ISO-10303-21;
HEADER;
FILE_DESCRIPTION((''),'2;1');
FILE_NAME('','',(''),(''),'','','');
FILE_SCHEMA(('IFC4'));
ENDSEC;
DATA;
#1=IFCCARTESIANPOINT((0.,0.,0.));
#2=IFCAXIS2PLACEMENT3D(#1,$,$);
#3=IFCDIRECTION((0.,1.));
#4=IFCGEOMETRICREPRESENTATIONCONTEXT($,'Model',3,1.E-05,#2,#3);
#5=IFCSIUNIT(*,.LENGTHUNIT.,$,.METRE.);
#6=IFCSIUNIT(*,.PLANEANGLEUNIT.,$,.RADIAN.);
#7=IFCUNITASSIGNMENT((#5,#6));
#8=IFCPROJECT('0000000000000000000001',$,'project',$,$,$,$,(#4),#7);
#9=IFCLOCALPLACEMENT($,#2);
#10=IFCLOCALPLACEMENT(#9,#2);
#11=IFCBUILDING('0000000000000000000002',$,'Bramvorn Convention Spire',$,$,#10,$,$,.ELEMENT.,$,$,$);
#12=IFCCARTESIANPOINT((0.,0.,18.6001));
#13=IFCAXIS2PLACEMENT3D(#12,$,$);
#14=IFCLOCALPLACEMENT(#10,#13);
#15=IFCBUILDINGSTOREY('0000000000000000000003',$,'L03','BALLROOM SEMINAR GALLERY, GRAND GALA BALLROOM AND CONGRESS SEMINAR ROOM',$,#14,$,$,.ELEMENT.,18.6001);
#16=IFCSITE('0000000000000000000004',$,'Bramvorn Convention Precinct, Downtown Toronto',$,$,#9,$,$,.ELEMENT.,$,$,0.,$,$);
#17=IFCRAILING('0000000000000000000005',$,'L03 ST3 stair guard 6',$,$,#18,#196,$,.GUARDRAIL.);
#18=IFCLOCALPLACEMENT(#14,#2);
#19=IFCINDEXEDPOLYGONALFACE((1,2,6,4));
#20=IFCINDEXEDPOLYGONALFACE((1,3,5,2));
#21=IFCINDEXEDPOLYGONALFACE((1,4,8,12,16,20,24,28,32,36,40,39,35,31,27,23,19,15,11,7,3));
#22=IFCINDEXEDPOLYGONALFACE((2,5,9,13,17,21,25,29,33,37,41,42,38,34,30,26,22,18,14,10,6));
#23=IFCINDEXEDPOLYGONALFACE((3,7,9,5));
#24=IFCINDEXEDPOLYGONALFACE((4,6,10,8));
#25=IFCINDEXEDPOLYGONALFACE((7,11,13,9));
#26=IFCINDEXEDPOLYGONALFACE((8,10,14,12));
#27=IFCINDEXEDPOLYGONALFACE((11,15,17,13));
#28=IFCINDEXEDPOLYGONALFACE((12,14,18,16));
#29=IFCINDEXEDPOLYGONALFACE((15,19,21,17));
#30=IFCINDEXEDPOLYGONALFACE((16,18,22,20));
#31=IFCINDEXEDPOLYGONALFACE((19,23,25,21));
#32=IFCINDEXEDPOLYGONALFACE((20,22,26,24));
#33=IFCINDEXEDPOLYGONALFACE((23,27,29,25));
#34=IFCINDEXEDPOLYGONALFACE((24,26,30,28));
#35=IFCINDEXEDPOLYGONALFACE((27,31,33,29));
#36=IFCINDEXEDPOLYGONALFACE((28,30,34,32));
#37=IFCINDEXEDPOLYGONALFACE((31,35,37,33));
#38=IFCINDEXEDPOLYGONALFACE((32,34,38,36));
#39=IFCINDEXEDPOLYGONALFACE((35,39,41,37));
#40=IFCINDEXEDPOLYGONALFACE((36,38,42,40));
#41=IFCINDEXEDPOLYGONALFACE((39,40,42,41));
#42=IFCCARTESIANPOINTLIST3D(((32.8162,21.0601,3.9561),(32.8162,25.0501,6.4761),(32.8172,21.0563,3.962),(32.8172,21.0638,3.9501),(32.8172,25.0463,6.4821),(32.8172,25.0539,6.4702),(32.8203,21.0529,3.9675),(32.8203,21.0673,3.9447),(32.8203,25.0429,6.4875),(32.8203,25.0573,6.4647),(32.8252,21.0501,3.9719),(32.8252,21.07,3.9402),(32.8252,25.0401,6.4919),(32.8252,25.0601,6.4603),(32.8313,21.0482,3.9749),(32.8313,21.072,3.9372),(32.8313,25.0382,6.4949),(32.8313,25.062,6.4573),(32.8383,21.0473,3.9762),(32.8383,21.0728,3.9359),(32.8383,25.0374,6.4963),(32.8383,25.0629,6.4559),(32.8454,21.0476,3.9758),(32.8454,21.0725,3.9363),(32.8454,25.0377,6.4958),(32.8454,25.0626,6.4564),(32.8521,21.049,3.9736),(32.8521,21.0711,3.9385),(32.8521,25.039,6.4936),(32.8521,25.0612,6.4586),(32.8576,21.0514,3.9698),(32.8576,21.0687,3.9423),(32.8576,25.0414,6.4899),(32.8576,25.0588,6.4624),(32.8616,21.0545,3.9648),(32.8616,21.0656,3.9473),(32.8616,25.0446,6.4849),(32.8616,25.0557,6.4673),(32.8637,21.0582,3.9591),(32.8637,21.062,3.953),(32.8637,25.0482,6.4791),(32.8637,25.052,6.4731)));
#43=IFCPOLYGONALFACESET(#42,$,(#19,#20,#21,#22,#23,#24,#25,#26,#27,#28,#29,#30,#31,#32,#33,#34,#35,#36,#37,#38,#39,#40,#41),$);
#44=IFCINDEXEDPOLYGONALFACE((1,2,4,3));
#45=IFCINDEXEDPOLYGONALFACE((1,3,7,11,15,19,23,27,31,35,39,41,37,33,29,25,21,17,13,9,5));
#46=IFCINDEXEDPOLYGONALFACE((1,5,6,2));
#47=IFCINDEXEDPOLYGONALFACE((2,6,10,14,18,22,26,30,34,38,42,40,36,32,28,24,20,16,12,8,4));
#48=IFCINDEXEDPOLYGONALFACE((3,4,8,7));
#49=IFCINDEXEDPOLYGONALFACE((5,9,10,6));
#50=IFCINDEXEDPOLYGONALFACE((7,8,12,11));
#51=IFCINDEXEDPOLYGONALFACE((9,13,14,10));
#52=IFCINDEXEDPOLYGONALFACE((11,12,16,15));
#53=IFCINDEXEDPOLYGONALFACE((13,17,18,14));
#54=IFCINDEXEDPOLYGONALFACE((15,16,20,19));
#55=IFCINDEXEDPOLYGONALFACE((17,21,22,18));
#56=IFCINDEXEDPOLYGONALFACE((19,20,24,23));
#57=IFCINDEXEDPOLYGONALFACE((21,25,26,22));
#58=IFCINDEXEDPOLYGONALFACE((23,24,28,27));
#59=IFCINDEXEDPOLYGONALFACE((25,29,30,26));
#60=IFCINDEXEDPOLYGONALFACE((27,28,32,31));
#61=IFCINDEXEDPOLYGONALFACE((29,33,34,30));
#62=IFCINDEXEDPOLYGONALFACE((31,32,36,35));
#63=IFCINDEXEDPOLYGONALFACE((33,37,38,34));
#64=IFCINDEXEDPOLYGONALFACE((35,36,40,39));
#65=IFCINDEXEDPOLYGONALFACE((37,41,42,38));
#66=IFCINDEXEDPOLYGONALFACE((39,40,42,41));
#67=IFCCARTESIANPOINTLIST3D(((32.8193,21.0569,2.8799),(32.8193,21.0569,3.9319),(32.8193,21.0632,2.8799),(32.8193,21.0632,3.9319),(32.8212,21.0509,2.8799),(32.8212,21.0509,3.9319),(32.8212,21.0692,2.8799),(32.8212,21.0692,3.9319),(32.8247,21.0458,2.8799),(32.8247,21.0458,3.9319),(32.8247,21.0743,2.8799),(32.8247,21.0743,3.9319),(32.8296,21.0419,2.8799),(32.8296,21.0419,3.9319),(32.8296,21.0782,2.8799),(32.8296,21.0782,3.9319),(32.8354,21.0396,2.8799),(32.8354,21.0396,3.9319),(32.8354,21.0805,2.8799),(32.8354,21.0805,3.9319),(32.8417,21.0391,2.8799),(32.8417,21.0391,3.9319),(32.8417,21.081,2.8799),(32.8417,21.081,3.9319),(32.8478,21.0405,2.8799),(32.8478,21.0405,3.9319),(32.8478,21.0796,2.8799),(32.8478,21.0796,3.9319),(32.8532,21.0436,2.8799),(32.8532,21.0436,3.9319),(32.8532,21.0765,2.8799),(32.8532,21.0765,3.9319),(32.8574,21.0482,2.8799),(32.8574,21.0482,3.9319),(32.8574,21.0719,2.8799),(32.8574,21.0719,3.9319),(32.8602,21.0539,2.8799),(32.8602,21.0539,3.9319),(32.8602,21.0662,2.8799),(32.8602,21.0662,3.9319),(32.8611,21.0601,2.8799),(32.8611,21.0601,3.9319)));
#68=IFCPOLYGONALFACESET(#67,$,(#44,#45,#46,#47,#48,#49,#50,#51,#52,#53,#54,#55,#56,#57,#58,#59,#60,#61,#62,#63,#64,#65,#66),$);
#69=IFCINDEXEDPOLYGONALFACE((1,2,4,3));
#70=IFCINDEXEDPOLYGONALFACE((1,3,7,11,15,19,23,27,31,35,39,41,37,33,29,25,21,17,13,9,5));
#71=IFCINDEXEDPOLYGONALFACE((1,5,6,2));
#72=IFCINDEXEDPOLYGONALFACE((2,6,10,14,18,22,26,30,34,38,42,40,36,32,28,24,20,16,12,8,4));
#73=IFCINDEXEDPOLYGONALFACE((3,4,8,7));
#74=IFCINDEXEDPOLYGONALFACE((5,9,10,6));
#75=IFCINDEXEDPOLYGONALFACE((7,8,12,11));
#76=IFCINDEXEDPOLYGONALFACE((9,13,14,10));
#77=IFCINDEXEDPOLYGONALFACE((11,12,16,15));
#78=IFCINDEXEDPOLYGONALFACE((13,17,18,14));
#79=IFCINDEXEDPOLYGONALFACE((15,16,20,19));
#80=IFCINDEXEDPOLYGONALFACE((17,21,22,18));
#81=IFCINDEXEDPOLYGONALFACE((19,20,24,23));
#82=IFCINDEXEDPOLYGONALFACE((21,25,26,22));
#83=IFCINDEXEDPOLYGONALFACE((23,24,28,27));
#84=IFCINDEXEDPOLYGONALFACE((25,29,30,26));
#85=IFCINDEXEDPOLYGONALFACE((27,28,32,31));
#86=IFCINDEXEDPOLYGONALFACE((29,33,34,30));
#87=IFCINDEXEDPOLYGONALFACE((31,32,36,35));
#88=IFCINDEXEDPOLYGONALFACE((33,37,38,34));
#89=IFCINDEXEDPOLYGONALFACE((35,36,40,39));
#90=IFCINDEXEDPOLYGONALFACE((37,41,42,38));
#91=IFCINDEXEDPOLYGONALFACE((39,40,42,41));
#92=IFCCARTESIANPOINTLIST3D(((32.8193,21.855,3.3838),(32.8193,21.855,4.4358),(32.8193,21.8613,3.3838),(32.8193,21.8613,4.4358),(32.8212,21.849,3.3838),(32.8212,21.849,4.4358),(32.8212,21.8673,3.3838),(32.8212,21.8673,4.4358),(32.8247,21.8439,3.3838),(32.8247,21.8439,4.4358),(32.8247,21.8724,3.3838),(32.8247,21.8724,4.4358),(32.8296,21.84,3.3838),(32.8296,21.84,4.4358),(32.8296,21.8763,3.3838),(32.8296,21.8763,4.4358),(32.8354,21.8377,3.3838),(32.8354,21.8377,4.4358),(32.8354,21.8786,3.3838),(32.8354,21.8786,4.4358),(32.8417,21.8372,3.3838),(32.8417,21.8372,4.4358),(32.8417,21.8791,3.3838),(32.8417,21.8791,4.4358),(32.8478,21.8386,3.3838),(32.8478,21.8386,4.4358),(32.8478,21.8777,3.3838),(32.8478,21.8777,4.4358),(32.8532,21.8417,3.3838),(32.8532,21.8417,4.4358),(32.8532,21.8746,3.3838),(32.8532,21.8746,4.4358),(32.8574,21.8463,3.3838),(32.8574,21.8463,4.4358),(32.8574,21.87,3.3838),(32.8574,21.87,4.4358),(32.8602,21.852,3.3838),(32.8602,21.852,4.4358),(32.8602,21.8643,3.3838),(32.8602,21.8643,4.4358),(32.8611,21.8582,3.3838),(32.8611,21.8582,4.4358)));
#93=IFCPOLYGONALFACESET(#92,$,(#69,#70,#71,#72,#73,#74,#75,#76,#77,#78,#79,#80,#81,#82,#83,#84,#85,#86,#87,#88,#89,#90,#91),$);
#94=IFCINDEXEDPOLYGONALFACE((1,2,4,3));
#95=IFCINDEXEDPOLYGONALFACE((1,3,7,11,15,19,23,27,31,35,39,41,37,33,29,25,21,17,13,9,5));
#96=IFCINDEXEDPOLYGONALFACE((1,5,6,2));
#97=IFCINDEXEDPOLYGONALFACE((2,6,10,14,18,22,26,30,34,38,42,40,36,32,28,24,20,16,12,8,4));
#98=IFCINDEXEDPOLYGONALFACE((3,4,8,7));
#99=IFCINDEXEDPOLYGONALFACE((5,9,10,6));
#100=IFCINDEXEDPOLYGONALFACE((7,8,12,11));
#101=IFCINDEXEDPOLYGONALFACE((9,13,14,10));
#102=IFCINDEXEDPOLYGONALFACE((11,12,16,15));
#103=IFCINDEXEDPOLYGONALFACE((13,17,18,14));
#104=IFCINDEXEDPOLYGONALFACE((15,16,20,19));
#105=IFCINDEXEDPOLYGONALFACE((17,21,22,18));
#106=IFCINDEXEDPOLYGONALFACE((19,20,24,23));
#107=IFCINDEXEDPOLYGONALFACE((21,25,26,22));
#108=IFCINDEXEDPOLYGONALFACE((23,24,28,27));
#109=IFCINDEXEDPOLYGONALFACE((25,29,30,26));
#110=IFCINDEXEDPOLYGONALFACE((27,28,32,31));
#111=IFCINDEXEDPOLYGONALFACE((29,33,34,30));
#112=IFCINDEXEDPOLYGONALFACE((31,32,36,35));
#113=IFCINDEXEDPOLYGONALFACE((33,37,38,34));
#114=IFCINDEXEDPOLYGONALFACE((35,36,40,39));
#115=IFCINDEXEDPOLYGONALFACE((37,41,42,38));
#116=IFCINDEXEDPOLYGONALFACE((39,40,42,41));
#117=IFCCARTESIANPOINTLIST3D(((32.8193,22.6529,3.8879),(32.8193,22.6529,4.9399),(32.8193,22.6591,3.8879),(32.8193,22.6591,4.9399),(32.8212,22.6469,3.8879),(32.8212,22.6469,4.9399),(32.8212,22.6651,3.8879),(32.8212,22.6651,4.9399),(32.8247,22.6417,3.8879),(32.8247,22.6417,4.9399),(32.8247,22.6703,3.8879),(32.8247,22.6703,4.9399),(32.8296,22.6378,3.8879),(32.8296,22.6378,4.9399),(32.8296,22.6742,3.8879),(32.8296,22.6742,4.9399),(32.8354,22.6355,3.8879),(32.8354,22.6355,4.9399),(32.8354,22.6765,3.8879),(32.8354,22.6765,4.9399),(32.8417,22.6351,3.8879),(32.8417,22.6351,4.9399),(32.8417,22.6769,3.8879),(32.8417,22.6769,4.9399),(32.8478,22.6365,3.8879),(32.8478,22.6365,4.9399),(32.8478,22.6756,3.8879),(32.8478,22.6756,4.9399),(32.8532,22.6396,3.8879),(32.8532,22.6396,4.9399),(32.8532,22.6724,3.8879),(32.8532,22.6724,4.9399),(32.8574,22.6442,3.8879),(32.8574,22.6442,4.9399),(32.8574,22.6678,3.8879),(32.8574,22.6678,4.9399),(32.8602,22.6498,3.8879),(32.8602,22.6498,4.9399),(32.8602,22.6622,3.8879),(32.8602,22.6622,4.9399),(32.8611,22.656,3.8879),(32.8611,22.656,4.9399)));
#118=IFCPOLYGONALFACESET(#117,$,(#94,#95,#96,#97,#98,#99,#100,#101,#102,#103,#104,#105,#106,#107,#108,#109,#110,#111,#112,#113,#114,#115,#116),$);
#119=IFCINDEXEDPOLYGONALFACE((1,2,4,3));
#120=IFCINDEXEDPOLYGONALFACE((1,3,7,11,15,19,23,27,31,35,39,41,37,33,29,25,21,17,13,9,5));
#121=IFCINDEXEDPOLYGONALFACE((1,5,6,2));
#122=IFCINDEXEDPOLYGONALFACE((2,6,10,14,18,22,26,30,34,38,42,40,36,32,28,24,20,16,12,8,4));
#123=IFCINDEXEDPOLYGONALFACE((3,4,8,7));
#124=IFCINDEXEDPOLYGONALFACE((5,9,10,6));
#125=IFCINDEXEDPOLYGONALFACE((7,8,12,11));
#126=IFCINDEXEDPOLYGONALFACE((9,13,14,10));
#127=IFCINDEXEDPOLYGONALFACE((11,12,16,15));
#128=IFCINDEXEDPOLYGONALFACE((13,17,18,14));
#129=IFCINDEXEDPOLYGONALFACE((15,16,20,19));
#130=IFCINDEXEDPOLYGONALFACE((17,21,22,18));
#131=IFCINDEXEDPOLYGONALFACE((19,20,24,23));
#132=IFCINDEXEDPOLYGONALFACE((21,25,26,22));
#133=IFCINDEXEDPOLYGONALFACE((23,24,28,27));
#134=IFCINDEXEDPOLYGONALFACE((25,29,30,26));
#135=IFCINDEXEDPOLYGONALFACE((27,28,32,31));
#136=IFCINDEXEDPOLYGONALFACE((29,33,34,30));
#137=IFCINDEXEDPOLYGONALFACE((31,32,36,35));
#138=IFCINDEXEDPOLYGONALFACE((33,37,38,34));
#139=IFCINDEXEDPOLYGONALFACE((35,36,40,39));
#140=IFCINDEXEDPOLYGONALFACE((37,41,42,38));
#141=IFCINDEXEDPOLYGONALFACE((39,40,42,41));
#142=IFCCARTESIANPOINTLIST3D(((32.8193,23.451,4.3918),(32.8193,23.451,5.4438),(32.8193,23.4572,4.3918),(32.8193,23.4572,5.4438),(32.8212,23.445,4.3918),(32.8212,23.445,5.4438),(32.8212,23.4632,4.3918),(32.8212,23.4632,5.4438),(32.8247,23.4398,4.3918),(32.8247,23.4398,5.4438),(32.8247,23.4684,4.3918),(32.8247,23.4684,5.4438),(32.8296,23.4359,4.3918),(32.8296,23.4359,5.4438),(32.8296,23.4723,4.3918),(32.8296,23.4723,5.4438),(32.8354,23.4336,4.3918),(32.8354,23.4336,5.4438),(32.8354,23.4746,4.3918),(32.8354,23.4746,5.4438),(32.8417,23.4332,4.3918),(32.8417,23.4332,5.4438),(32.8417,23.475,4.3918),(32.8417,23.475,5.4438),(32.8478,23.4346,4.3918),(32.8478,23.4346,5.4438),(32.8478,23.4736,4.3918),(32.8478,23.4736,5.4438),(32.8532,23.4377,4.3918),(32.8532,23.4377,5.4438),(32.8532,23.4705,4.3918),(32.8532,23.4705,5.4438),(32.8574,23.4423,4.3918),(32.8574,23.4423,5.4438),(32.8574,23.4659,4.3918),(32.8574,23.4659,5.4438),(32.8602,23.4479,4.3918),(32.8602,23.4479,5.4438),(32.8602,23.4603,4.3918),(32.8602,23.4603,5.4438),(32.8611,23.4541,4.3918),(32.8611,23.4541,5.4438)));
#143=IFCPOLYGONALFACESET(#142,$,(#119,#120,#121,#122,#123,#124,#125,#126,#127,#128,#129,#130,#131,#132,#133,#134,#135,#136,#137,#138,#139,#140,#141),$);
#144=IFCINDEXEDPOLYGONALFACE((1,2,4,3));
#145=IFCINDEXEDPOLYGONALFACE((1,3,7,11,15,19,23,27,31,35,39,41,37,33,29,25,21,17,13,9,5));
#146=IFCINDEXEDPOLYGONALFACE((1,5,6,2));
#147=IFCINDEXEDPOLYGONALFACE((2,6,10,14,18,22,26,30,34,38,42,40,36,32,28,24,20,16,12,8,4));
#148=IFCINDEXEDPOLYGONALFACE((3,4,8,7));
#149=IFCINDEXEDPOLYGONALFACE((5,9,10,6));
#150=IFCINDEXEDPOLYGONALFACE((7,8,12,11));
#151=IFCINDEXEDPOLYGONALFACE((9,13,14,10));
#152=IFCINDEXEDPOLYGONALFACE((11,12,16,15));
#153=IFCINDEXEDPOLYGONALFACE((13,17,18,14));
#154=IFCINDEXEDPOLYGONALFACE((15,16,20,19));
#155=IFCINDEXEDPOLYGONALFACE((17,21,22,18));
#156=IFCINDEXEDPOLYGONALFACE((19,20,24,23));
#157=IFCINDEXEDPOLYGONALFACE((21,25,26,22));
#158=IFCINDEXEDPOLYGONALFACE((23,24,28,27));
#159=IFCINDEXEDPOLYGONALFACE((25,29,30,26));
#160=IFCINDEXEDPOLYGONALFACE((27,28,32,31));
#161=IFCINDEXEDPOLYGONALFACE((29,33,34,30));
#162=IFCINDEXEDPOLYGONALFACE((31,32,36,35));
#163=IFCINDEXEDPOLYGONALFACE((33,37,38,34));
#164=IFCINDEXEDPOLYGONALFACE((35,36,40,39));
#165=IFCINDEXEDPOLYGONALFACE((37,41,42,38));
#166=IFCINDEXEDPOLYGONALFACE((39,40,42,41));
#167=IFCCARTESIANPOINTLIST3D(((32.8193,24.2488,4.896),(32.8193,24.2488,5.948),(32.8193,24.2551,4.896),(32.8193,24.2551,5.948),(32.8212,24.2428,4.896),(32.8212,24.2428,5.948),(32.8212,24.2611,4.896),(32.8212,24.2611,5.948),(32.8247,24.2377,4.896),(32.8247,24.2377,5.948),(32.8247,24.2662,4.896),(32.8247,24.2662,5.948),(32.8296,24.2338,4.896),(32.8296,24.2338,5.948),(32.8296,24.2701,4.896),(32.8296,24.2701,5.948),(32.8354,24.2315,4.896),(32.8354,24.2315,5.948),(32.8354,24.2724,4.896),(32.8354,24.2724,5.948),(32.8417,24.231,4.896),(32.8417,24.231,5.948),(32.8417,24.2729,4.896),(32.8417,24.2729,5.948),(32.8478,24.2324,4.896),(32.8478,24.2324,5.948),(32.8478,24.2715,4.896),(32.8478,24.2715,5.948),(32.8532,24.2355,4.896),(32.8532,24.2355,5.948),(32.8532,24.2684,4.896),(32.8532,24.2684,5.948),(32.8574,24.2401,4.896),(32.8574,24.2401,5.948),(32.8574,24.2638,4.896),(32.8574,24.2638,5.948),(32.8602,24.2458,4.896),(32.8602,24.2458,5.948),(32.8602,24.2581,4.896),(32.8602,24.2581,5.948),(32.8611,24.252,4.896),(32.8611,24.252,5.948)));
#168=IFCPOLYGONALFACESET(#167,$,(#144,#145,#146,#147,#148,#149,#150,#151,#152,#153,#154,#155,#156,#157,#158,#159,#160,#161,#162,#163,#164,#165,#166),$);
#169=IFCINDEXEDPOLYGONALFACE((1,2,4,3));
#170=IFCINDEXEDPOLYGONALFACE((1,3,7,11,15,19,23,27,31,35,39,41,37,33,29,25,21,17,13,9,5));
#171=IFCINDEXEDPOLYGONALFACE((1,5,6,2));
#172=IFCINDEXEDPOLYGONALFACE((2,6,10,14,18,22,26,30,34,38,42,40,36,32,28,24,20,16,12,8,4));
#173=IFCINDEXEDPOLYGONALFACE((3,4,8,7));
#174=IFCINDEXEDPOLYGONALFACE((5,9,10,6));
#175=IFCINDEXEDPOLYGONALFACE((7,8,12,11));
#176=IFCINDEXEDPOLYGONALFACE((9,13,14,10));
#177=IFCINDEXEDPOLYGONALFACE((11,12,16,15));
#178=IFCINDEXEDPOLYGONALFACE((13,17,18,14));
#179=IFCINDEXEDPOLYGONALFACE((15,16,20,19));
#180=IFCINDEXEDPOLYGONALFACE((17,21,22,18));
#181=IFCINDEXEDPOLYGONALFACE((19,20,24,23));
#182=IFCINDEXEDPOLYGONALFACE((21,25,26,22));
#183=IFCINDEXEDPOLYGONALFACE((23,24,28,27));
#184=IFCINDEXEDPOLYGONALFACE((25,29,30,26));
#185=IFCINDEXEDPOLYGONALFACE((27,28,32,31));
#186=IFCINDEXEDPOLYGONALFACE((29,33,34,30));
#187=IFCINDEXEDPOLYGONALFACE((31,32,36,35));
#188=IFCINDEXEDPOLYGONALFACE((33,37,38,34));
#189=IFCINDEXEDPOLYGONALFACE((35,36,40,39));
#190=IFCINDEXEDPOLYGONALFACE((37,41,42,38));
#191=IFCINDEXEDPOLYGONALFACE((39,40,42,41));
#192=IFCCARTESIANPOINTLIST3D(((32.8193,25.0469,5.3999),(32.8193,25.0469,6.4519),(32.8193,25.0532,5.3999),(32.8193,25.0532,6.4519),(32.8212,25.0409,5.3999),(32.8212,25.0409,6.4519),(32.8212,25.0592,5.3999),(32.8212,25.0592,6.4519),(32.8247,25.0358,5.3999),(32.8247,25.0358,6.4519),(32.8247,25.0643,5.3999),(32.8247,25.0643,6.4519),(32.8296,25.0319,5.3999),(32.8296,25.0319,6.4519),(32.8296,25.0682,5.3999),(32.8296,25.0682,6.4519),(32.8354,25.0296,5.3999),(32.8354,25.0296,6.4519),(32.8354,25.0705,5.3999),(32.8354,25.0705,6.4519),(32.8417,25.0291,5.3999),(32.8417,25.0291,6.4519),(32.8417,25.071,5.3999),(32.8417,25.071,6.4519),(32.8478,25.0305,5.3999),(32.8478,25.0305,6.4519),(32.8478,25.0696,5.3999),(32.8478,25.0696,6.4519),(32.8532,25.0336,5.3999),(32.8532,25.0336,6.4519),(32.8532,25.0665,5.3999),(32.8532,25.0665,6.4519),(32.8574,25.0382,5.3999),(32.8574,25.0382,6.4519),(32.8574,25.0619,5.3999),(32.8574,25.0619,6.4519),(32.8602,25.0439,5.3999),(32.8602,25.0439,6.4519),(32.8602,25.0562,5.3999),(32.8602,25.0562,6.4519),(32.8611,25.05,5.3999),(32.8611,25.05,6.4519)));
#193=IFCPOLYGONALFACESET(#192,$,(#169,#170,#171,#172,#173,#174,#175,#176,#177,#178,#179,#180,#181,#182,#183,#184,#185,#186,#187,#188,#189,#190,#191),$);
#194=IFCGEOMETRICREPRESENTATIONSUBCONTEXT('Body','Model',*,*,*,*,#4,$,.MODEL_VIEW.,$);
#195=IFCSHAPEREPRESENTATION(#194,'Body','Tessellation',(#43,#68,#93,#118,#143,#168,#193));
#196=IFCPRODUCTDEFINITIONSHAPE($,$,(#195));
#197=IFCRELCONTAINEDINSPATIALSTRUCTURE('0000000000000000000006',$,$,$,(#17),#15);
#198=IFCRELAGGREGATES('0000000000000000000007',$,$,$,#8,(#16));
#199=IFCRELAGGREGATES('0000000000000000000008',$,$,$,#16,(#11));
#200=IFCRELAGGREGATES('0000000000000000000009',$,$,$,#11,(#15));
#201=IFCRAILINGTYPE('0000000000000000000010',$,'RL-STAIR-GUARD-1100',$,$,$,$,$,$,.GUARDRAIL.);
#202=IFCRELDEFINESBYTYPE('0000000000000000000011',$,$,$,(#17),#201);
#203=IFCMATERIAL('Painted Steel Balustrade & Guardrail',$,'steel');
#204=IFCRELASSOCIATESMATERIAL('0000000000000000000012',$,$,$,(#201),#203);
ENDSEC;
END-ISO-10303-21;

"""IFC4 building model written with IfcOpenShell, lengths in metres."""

from ifc_helpers import new_model, si_unit, direction, frame, origin, origin_2d, place, context, subcontext, project, spatial, circle, extrude, material, type_object, element, save


model = new_model("IFC4")

# Units and contexts
model_context = context("Model", 3, precision=1e-05, world=origin(), true_north=direction((0.0, 1.0)))
body_context = subcontext(model_context, "Body", "Model", "MODEL_VIEW")
ifc_project = project(units=[si_unit("LENGTHUNIT", "METRE"), si_unit("PLANEANGLEUNIT", "RADIAN")], contexts=[model_context])

# Site, building, storey
site_placement = place(None, origin())
site = spatial("IfcSite", under=ifc_project, at=site_placement, Name="Bramvorn Convention Precinct, Downtown Toronto", CompositionType="ELEMENT", RefElevation=0.0)
building_placement = place(site_placement, origin())
building = spatial("IfcBuilding", under=site, at=building_placement, Name="Bramvorn Convention Spire", CompositionType="ELEMENT")
storey_placement = place(building_placement, frame((0.0, 0.0, 18.6001)))
storey = spatial("IfcBuildingStorey", under=building, at=storey_placement, Name="L03", Description="BALLROOM SEMINAR GALLERY, GRAND GALA BALLROOM AND CONGRESS SEMINAR ROOM", CompositionType="ELEMENT", Elevation=18.6001)

# Railing
ifc_material_1 = material(Name="Painted Steel Balustrade & Guardrail", Category="steel")
railing_type_1 = type_object("IfcRailingType", Name="RL-STAIR-GUARD-1100", PredefinedType="GUARDRAIL", material=ifc_material_1)
railing_1_placement = place(storey_placement, frame((32.8401, 21.0601, 2.8799)))
element("IfcRailing", 1, at=railing_1_placement, inside=storey, type_object=railing_type_1, Name="L03 ST3 stair guard 6", PredefinedType="GUARDRAIL", context=body_context, shape_type="SweptSolid", body=[
    extrude(circle(Radius=0.0239, at=origin_2d()), frame((0.0, 0.0, 1.0762), z_axis=(0.0, 0.845486, 0.533997), x_axis=(-1.0, 0.0, 0.0)), (0.0, 0.0, 1.0), 4.7192),
    extrude(circle(Radius=0.021, at=origin_2d()), origin(), (0.0, 0.0, 1.0), 1.052),
    extrude(circle(Radius=0.021, at=origin_2d()), frame((0.0, 0.7981, 0.5039)), (0.0, 0.0, 1.0), 1.052),
    extrude(circle(Radius=0.021, at=origin_2d()), frame((0.0, 1.5959, 1.0081)), (0.0, 0.0, 1.0), 1.052),
    extrude(circle(Radius=0.021, at=origin_2d()), frame((0.0, 2.394, 1.512)), (0.0, 0.0, 1.0), 1.052),
    extrude(circle(Radius=0.021, at=origin_2d()), frame((0.0, 3.1919, 2.0161)), (0.0, 0.0, 1.0), 1.052),
    extrude(circle(Radius=0.021, at=origin_2d()), frame((0.0, 3.99, 2.52)), (0.0, 0.0, 1.0), 1.052),
])

save(model, "model.ifc")
